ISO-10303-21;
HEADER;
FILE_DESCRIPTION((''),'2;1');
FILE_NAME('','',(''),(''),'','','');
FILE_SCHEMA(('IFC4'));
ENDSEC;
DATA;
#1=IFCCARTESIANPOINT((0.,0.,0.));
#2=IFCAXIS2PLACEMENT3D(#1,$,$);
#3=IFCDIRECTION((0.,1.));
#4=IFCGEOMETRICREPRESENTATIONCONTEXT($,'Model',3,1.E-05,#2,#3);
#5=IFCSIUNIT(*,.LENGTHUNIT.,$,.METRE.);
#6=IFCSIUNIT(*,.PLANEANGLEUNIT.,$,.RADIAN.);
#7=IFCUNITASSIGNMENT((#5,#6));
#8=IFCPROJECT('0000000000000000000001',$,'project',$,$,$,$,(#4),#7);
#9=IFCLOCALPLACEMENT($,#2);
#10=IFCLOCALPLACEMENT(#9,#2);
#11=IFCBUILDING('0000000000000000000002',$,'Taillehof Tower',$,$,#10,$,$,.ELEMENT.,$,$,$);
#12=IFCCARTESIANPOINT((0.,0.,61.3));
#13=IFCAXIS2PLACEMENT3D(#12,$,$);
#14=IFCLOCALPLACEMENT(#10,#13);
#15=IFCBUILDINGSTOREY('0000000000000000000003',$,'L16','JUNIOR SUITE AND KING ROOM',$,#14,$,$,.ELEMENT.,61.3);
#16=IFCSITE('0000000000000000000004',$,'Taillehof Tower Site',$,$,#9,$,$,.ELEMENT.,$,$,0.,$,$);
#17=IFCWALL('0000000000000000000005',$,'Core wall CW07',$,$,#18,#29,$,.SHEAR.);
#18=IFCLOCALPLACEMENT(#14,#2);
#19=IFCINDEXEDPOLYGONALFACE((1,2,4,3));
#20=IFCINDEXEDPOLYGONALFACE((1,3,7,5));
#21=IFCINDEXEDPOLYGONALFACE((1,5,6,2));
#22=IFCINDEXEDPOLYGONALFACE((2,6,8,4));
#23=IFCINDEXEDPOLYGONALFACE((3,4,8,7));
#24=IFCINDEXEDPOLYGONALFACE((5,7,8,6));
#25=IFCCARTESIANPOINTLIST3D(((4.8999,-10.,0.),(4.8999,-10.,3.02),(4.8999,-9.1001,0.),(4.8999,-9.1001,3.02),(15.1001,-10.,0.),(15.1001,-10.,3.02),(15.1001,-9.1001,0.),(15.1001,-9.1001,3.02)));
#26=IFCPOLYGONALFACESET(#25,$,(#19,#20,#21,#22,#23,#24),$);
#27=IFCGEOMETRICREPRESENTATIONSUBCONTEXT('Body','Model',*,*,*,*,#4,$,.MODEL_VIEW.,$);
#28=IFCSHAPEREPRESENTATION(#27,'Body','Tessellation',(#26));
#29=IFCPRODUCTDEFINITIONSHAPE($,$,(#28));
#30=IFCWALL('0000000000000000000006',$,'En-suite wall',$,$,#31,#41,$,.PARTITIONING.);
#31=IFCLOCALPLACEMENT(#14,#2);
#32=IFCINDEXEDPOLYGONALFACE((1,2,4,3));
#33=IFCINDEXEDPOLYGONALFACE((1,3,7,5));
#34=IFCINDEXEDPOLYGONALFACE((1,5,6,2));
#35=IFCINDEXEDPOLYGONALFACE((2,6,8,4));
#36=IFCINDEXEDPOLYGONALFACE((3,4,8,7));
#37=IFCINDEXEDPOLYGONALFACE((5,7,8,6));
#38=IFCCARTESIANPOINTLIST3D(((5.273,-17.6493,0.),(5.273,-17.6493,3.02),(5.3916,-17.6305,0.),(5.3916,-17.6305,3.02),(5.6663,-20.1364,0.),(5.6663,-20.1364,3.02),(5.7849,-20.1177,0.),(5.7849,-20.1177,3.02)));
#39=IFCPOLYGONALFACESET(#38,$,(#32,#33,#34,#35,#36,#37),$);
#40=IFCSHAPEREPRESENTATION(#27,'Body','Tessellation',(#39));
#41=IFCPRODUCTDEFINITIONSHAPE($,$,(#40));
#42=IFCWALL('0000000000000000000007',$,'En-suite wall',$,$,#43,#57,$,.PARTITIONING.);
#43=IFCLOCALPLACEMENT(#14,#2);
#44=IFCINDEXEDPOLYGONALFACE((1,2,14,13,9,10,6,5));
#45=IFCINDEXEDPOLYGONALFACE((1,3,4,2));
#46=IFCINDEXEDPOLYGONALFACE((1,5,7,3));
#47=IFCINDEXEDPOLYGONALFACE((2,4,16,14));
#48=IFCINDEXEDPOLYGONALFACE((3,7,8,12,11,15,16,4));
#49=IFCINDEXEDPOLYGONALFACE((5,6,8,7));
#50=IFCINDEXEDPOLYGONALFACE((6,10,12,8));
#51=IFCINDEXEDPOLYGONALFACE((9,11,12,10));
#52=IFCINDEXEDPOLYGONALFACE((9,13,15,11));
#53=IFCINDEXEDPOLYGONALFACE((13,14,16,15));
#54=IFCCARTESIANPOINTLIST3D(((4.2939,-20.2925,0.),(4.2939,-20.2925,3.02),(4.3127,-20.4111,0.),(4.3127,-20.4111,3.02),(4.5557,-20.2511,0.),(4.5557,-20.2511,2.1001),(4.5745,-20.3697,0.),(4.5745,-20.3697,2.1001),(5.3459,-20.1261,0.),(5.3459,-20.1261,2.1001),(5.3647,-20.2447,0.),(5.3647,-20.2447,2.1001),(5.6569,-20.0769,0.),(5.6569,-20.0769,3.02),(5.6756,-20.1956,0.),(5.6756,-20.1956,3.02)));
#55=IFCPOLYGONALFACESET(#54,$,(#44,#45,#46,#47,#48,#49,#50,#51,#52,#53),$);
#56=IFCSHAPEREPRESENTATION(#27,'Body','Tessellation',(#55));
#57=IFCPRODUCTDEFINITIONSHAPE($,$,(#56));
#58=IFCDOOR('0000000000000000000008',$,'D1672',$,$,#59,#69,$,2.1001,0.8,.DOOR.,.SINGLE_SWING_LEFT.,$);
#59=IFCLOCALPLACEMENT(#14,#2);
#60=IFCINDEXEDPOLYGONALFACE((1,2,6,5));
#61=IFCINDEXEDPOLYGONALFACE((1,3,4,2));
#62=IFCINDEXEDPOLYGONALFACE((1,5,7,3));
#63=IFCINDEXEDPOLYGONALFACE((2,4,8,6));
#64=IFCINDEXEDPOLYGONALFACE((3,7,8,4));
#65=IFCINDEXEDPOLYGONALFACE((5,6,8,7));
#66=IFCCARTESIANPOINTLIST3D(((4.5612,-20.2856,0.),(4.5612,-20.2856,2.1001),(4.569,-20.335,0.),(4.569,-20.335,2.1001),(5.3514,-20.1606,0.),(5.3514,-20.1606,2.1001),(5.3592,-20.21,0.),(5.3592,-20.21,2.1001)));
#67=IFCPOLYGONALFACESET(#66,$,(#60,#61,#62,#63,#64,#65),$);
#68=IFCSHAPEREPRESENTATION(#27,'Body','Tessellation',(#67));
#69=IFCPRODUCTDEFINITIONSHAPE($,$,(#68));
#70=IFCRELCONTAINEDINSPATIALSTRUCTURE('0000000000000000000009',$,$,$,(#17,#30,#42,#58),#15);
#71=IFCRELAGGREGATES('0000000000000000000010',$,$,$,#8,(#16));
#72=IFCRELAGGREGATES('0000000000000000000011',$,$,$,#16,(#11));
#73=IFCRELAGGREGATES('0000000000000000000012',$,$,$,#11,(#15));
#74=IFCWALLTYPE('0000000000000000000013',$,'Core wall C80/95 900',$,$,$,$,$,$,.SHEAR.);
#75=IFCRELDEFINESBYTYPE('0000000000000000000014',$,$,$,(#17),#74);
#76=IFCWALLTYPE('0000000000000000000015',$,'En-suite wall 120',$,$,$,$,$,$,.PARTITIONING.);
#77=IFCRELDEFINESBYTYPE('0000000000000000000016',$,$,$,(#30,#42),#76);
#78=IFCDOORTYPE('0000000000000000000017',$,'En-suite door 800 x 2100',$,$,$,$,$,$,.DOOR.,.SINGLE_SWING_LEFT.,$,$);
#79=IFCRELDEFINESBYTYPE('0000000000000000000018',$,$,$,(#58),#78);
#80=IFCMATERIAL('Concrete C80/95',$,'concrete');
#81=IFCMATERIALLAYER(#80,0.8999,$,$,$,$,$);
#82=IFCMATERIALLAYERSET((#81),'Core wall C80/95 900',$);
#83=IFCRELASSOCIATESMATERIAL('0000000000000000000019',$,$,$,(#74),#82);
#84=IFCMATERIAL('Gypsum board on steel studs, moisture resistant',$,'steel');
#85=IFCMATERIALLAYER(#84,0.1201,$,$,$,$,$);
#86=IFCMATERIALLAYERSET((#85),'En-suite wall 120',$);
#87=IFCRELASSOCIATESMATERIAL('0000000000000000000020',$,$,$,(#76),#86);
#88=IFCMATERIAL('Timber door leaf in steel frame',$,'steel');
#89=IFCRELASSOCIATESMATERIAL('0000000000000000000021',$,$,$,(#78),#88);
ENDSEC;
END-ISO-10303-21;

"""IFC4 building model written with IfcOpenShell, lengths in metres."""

from ifc_helpers import new_model, si_unit, direction, frame, frame_2d, origin, place, context, subcontext, project, spatial, rectangle, extrude, material, layer, layer_set, type_object, element, fill, save


model = new_model("IFC4")

# Units and contexts
model_context = context("Model", 3, precision=1e-05, world=origin(), true_north=direction((0.0, 1.0)))
body_context = subcontext(model_context, "Body", "Model", "MODEL_VIEW")
ifc_project = project(units=[si_unit("LENGTHUNIT", "METRE"), si_unit("PLANEANGLEUNIT", "RADIAN")], contexts=[model_context])

# Site, building, storey
site_placement = place(None, origin())
site = spatial("IfcSite", under=ifc_project, at=site_placement, Name="Taillehof Tower Site", CompositionType="ELEMENT", RefElevation=0.0)
building_placement = place(site_placement, origin())
building = spatial("IfcBuilding", under=site, at=building_placement, Name="Taillehof Tower", CompositionType="ELEMENT")
storey_placement = place(building_placement, frame((0.0, 0.0, 61.3)))
storey = spatial("IfcBuildingStorey", under=building, at=storey_placement, Name="L16", Description="JUNIOR SUITE AND KING ROOM", CompositionType="ELEMENT", Elevation=61.3)

# Shared definitions
ifc_material_1 = material(Name="Concrete C80/95", Category="concrete")
ifc_layer_1 = layer(ifc_material_1, 0.8999)
ifc_layer_set_1 = layer_set([ifc_layer_1], Name="Core wall C80/95 900")
wall_type_1 = type_object("IfcWallType", Name="Core wall C80/95 900", PredefinedType="SHEAR", material=ifc_layer_set_1)

# Walls
wall_1_placement = place(storey_placement, frame((4.8999, -9.55, 0.0), z_axis=(0.0, 0.0, 1.0), x_axis=(1.0, 0.0, 0.0)))
element("IfcWall", 1, at=wall_1_placement, inside=storey, type_object=wall_type_1, Name="Core wall CW07", PredefinedType="SHEAR", context=body_context, shape_type="SweptSolid", body=[
    extrude(rectangle(XDim=10.2002, YDim=0.8999, at=frame_2d((5.1001, 0.0))), origin(), (0.0, 0.0, 1.0), 3.02),
])
ifc_material_2 = material(Name="Gypsum board on steel studs, moisture resistant", Category="steel")
ifc_layer_2 = layer(ifc_material_2, 0.1201)
ifc_layer_set_2 = layer_set([ifc_layer_2], Name="En-suite wall 120")
wall_type_2 = type_object("IfcWallType", Name="En-suite wall 120", PredefinedType="PARTITIONING", material=ifc_layer_set_2)
wall_2_placement = place(storey_placement, frame((5.3323, -17.6399, 0.0), z_axis=(0.0, 0.0, 1.0), x_axis=(0.156202, -0.987725, 0.0)))
element("IfcWall", 2, at=wall_2_placement, inside=storey, type_object=wall_type_2, Name="En-suite wall", PredefinedType="PARTITIONING", context=body_context, shape_type="SweptSolid", body=[
    extrude(rectangle(XDim=2.5181, YDim=0.1201, at=frame_2d((1.259, 0.0))), origin(), (0.0, 0.0, 1.0), 3.02),
])

# Wall, opening, door
wall_3_placement = place(storey_placement, frame((5.6663, -20.1362, 0.0), z_axis=(0.0, 0.0, 1.0), x_axis=(-0.987723, -0.156217, 0.0)))
wall_3 = element("IfcWall", 3, at=wall_3_placement, inside=storey, type_object=wall_type_2, Name="En-suite wall", PredefinedType="PARTITIONING", context=body_context, shape_type="SweptSolid", body=[
    extrude(rectangle(XDim=1.3799, YDim=0.1201, at=frame_2d((0.6899, 0.0))), origin(), (0.0, 0.0, 1.0), 3.02),
])
opening_1_placement = place(wall_3_placement, frame((0.3149, 0.0, 0.0)))
opening_1 = element("IfcOpeningElement", 4, at=opening_1_placement, cuts=wall_3, PredefinedType="OPENING", context=body_context, shape_type="SweptSolid", body=[
    extrude(rectangle(XDim=0.8, YDim=2.1001, at=frame_2d((0.3999, 1.05))), frame((0.0, 0.0701, 0.0), z_axis=(0.0, -1.0, 0.0), x_axis=(1.0, 0.0, 0.0)), (0.0, 0.0, 1.0), 0.1401),
])
ifc_material_3 = material(Name="Timber door leaf in steel frame", Category="steel")
door_type_1 = type_object("IfcDoorType", Name="En-suite door 800 x 2100", OperationType="SINGLE_SWING_LEFT", PredefinedType="DOOR", material=ifc_material_3)
door_1_placement = place(opening_1_placement, origin())
door_1 = element("IfcDoor", 5, at=door_1_placement, inside=storey, type_object=door_type_1, Name="D1672", OperationType="SINGLE_SWING_LEFT", OverallHeight=2.1001, OverallWidth=0.8, PredefinedType="DOOR", context=body_context, shape_type="SweptSolid", body=[
    extrude(rectangle(XDim=0.8, YDim=2.1001, at=frame_2d((0.3999, 1.05))), frame((0.0, 0.0249, 0.0), z_axis=(0.0, -1.0, 0.0), x_axis=(1.0, 0.0, 0.0)), (0.0, 0.0, 1.0), 0.05),
])
fill(opening_1, door_1)

save(model, "model.ifc")
